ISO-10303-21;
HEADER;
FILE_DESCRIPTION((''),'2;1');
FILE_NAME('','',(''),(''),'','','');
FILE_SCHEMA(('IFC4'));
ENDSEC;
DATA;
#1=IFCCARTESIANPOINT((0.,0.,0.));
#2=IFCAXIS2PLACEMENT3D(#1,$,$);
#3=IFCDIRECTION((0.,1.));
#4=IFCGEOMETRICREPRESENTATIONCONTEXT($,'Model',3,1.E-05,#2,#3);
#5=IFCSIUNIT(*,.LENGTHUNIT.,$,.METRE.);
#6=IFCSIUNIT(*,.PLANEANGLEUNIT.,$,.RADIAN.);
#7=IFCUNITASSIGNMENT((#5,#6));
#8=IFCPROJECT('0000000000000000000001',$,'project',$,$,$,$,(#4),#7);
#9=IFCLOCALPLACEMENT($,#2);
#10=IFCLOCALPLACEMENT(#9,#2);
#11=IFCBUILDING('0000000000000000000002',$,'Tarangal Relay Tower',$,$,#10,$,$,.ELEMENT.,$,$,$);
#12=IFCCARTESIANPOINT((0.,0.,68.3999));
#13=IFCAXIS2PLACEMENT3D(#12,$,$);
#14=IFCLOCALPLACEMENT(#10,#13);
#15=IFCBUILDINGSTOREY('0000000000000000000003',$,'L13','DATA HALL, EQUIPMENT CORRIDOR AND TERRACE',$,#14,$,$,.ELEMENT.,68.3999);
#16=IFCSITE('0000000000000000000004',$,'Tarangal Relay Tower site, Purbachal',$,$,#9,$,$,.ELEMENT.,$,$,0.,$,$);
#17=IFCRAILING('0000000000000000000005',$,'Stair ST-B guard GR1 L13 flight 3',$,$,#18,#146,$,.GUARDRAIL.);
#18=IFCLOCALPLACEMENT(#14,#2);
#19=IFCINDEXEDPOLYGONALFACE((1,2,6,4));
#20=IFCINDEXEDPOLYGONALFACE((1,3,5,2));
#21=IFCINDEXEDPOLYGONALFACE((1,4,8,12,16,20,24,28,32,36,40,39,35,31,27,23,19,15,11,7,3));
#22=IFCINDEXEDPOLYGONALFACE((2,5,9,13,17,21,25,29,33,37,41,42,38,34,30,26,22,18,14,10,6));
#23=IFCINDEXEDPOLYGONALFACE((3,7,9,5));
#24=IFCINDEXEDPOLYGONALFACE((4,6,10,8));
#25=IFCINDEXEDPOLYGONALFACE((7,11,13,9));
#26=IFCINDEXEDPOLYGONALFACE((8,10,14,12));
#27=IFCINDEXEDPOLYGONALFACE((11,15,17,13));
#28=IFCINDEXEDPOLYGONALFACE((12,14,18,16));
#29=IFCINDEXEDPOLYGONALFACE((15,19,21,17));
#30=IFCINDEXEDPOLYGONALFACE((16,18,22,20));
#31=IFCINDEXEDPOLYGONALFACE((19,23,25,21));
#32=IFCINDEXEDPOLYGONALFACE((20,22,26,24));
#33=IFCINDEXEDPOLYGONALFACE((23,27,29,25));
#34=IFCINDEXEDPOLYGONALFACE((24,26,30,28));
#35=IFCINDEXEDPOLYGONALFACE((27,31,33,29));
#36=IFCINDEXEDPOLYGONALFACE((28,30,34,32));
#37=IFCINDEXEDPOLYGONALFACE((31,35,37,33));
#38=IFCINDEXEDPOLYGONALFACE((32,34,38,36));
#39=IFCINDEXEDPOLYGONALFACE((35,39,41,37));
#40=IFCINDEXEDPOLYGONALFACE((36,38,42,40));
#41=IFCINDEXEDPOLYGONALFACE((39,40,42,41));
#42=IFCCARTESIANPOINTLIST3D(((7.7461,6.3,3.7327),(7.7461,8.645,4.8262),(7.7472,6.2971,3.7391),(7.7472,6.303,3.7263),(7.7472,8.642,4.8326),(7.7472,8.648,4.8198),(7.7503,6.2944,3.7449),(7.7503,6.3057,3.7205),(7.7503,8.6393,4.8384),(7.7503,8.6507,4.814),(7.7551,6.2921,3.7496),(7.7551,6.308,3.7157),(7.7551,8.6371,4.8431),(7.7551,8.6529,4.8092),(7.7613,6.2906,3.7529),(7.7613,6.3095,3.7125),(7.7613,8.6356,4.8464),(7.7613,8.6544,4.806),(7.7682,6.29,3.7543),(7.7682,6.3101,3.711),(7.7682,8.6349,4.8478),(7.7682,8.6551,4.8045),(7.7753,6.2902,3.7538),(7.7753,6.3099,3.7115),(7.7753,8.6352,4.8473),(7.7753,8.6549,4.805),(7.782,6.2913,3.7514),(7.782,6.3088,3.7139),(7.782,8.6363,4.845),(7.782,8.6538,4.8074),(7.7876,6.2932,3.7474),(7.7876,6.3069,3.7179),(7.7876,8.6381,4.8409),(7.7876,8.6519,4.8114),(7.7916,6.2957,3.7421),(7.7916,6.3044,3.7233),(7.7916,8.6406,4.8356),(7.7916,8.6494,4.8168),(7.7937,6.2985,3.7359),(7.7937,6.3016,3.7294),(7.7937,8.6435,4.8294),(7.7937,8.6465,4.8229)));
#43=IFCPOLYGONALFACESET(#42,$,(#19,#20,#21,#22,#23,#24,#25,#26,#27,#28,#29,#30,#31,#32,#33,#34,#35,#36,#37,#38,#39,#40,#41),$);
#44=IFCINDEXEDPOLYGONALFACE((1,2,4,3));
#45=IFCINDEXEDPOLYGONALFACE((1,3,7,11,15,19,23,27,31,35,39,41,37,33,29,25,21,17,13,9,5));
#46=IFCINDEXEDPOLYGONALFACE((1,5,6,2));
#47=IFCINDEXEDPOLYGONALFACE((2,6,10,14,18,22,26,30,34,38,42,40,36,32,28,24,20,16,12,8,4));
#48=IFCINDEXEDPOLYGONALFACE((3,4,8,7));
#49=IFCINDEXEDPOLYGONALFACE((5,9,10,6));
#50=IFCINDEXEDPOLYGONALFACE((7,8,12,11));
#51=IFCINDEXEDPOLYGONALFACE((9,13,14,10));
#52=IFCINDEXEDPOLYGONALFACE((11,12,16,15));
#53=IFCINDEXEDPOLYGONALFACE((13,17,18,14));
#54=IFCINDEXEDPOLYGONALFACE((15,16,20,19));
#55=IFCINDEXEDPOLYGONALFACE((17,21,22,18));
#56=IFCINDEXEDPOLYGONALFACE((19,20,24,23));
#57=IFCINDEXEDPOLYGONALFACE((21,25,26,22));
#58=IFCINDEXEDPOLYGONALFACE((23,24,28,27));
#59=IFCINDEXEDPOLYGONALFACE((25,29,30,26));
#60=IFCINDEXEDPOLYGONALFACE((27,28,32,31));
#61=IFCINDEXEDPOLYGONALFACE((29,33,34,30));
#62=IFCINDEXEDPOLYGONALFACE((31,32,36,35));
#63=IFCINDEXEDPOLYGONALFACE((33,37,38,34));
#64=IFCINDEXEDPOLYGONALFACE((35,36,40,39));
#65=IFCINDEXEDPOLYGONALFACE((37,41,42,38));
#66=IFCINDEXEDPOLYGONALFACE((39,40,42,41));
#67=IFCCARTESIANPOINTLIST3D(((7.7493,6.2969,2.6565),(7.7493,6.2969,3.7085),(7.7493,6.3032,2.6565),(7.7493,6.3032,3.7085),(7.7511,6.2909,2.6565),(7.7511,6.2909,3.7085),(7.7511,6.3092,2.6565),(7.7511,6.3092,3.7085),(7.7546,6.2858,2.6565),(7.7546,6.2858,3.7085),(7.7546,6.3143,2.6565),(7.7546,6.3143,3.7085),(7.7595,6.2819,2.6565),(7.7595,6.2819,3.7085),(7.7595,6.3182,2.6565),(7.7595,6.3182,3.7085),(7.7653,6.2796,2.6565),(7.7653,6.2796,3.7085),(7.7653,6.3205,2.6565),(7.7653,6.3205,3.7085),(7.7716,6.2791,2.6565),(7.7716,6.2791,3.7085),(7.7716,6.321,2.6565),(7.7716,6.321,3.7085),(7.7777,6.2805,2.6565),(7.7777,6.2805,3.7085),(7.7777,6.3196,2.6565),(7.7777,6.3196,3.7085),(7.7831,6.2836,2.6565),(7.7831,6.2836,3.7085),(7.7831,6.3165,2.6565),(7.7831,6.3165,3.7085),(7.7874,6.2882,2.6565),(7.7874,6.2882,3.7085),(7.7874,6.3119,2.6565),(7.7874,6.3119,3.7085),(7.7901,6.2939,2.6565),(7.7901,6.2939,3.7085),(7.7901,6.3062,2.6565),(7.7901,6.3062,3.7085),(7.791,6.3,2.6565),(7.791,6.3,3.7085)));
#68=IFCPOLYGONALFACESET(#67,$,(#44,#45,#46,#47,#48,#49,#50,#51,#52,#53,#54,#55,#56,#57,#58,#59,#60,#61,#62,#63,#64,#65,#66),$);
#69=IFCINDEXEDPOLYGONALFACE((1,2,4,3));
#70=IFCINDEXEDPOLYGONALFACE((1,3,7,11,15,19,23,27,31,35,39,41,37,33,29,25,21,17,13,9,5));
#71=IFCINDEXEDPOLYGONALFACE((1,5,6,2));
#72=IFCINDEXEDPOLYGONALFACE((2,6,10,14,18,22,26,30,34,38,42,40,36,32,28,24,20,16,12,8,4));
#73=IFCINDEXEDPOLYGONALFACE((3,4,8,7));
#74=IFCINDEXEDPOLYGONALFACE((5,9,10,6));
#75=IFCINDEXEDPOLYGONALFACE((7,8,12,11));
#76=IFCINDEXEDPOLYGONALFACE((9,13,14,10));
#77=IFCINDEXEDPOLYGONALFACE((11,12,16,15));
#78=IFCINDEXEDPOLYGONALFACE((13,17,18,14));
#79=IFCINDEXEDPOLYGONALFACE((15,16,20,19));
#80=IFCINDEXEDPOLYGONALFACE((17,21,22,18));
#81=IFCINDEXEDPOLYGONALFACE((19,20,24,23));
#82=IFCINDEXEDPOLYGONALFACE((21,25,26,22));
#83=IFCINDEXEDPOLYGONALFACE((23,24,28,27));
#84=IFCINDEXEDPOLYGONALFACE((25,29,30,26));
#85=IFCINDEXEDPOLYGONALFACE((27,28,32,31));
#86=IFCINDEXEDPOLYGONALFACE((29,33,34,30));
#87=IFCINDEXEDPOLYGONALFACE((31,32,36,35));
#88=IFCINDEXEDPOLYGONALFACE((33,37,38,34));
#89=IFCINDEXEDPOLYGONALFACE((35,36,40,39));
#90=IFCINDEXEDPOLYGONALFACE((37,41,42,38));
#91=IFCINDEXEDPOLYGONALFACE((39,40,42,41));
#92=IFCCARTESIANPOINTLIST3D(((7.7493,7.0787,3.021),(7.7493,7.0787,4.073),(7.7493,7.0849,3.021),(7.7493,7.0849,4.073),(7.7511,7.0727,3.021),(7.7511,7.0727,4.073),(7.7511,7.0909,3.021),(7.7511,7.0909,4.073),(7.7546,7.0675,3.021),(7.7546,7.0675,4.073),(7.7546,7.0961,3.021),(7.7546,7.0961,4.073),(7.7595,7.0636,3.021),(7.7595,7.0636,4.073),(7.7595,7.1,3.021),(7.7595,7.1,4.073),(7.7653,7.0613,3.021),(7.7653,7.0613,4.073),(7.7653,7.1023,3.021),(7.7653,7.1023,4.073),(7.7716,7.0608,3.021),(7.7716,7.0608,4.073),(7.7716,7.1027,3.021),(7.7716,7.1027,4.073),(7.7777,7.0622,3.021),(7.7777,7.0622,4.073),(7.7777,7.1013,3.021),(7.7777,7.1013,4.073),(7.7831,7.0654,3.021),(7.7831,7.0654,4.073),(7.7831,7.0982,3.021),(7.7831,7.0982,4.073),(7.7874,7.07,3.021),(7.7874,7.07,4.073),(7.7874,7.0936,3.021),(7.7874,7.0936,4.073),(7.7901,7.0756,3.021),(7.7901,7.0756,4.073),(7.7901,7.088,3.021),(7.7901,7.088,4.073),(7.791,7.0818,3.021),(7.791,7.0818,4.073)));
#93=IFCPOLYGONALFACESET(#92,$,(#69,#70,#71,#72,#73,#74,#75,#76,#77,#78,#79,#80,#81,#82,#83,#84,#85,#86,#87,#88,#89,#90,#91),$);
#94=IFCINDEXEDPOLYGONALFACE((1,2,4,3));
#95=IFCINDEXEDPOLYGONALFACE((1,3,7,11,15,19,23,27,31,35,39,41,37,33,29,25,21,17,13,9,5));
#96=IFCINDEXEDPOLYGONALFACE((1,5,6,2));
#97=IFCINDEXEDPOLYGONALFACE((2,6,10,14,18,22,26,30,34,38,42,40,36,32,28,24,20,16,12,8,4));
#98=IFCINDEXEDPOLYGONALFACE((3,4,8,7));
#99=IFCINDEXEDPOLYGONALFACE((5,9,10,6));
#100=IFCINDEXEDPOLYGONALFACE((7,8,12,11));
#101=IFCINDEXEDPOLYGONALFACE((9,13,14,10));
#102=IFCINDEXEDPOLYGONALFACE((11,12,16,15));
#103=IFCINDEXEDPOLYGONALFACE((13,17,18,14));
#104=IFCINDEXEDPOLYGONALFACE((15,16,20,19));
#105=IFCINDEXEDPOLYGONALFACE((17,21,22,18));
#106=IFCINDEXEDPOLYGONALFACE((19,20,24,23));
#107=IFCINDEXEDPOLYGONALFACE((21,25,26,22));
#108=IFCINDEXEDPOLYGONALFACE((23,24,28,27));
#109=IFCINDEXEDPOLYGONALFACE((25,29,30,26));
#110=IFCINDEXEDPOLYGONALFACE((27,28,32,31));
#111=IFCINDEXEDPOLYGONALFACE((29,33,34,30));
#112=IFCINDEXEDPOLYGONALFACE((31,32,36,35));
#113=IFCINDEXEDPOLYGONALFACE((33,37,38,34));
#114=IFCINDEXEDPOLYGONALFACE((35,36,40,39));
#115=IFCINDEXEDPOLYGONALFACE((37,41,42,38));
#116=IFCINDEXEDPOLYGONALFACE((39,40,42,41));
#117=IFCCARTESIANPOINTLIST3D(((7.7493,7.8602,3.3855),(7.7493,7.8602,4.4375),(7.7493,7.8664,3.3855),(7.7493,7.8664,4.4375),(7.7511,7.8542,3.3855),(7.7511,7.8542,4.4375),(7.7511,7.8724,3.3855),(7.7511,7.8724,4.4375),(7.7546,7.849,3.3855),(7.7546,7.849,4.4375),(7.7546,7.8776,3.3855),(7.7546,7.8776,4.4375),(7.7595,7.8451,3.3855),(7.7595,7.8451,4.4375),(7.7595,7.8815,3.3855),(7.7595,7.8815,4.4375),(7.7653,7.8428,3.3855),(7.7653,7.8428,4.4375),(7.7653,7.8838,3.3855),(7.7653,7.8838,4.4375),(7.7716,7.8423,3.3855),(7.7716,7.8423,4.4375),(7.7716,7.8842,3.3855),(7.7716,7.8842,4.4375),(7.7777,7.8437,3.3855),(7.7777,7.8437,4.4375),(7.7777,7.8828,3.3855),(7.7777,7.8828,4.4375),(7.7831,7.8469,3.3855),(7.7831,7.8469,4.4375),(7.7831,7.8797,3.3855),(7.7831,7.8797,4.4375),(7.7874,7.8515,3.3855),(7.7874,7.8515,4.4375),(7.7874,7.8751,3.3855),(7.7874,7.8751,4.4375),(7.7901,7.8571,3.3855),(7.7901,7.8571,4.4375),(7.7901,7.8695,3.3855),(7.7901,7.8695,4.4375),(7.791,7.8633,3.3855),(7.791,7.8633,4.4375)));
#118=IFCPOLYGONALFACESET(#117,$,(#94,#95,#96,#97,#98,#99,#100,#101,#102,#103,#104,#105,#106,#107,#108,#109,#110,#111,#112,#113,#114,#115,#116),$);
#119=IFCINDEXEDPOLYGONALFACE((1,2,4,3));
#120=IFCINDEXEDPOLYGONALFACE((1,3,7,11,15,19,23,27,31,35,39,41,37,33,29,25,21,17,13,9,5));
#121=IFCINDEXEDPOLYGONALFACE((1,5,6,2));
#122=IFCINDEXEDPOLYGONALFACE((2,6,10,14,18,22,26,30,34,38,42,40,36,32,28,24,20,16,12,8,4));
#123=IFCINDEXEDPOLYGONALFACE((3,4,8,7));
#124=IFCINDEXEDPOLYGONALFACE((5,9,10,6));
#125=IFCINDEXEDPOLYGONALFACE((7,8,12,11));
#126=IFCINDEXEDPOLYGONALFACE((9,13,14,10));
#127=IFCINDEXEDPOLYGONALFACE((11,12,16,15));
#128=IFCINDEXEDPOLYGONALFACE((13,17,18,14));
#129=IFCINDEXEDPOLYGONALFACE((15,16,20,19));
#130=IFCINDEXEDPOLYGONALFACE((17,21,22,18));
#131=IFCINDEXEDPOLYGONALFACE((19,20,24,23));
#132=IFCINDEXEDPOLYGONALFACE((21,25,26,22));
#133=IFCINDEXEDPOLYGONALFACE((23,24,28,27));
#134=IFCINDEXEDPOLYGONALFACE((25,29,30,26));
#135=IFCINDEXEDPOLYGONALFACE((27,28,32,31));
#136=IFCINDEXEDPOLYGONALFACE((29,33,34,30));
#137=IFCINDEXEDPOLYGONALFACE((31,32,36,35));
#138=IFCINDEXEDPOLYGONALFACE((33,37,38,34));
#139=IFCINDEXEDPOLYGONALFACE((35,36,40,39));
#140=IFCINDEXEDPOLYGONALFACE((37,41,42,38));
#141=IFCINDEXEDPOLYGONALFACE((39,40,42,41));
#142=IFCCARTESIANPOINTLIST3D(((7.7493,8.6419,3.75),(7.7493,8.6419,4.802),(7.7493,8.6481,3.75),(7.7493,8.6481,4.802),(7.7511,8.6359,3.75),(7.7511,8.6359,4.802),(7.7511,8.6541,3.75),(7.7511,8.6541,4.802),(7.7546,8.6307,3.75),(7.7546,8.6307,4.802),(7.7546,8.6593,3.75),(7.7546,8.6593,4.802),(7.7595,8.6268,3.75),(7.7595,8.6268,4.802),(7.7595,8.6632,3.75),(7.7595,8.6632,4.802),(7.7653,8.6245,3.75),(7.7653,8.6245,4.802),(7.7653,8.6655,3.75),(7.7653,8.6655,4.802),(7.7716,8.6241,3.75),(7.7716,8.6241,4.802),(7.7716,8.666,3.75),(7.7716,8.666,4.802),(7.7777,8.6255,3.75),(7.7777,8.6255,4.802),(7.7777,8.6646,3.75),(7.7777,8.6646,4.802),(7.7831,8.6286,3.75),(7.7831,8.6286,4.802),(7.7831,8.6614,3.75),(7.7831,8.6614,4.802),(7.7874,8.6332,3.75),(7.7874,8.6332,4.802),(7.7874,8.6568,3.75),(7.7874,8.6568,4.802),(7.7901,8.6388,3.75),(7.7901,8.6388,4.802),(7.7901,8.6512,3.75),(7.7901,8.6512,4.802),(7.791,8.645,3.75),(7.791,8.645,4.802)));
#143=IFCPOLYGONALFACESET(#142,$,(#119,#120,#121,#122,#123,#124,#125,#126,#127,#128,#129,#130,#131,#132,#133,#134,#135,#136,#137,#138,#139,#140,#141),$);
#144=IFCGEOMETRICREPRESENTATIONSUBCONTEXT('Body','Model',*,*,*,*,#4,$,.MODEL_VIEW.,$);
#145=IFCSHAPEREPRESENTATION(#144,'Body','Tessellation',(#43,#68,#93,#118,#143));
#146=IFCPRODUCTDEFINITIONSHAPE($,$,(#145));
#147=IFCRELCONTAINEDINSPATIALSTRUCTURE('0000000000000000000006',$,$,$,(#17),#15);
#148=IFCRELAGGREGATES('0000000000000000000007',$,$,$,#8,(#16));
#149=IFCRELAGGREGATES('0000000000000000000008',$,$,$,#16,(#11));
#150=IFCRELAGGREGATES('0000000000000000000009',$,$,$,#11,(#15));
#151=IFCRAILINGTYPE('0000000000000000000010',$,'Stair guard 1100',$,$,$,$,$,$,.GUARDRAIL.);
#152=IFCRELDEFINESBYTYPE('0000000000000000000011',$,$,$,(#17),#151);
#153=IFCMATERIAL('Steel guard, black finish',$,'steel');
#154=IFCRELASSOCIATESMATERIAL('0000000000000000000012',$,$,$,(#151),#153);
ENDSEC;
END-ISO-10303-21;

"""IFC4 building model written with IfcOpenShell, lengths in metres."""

from ifc_helpers import new_model, si_unit, direction, frame, origin, origin_2d, place, context, subcontext, project, spatial, circle, extrude, material, type_object, element, save


model = new_model("IFC4")

# Units and contexts
model_context = context("Model", 3, precision=1e-05, world=origin(), true_north=direction((0.0, 1.0)))
body_context = subcontext(model_context, "Body", "Model", "MODEL_VIEW")
ifc_project = project(units=[si_unit("LENGTHUNIT", "METRE"), si_unit("PLANEANGLEUNIT", "RADIAN")], contexts=[model_context])

# Site, building, storey
site_placement = place(None, origin())
site = spatial("IfcSite", under=ifc_project, at=site_placement, Name="Tarangal Relay Tower site, Purbachal", CompositionType="ELEMENT", RefElevation=0.0)
building_placement = place(site_placement, origin())
building = spatial("IfcBuilding", under=site, at=building_placement, Name="Tarangal Relay Tower", CompositionType="ELEMENT")
storey_placement = place(building_placement, frame((0.0, 0.0, 68.3999)))
storey = spatial("IfcBuildingStorey", under=building, at=storey_placement, Name="L13", Description="DATA HALL, EQUIPMENT CORRIDOR AND TERRACE", CompositionType="ELEMENT", Elevation=68.3999)

# Railing
ifc_material_1 = material(Name="Steel guard, black finish", Category="steel")
railing_type_1 = type_object("IfcRailingType", Name="Stair guard 1100", PredefinedType="GUARDRAIL", material=ifc_material_1)
railing_1_placement = place(storey_placement, frame((7.77, 6.3, 2.6565)))
element("IfcRailing", 1, at=railing_1_placement, inside=storey, type_object=railing_type_1, Name="Stair ST-B guard GR1 L13 flight 3", PredefinedType="GUARDRAIL", context=body_context, shape_type="SweptSolid", body=[
    extrude(circle(Radius=0.0239, at=origin_2d()), frame((0.0, 0.0, 1.0762), z_axis=(0.0, 0.906304, 0.422627), x_axis=(-1.0, 0.0, 0.0)), (0.0, 0.0, 1.0), 2.5874),
    extrude(circle(Radius=0.021, at=origin_2d()), origin(), (0.0, 0.0, 1.0), 1.052),
    extrude(circle(Radius=0.021, at=origin_2d()), frame((0.0, 0.7817, 0.3645)), (0.0, 0.0, 1.0), 1.052),
    extrude(circle(Radius=0.021, at=origin_2d()), frame((0.0, 1.5632, 0.729)), (0.0, 0.0, 1.0), 1.052),
    extrude(circle(Radius=0.021, at=origin_2d()), frame((0.0, 2.345, 1.0935)), (0.0, 0.0, 1.0), 1.052),
])

save(model, "model.ifc")
